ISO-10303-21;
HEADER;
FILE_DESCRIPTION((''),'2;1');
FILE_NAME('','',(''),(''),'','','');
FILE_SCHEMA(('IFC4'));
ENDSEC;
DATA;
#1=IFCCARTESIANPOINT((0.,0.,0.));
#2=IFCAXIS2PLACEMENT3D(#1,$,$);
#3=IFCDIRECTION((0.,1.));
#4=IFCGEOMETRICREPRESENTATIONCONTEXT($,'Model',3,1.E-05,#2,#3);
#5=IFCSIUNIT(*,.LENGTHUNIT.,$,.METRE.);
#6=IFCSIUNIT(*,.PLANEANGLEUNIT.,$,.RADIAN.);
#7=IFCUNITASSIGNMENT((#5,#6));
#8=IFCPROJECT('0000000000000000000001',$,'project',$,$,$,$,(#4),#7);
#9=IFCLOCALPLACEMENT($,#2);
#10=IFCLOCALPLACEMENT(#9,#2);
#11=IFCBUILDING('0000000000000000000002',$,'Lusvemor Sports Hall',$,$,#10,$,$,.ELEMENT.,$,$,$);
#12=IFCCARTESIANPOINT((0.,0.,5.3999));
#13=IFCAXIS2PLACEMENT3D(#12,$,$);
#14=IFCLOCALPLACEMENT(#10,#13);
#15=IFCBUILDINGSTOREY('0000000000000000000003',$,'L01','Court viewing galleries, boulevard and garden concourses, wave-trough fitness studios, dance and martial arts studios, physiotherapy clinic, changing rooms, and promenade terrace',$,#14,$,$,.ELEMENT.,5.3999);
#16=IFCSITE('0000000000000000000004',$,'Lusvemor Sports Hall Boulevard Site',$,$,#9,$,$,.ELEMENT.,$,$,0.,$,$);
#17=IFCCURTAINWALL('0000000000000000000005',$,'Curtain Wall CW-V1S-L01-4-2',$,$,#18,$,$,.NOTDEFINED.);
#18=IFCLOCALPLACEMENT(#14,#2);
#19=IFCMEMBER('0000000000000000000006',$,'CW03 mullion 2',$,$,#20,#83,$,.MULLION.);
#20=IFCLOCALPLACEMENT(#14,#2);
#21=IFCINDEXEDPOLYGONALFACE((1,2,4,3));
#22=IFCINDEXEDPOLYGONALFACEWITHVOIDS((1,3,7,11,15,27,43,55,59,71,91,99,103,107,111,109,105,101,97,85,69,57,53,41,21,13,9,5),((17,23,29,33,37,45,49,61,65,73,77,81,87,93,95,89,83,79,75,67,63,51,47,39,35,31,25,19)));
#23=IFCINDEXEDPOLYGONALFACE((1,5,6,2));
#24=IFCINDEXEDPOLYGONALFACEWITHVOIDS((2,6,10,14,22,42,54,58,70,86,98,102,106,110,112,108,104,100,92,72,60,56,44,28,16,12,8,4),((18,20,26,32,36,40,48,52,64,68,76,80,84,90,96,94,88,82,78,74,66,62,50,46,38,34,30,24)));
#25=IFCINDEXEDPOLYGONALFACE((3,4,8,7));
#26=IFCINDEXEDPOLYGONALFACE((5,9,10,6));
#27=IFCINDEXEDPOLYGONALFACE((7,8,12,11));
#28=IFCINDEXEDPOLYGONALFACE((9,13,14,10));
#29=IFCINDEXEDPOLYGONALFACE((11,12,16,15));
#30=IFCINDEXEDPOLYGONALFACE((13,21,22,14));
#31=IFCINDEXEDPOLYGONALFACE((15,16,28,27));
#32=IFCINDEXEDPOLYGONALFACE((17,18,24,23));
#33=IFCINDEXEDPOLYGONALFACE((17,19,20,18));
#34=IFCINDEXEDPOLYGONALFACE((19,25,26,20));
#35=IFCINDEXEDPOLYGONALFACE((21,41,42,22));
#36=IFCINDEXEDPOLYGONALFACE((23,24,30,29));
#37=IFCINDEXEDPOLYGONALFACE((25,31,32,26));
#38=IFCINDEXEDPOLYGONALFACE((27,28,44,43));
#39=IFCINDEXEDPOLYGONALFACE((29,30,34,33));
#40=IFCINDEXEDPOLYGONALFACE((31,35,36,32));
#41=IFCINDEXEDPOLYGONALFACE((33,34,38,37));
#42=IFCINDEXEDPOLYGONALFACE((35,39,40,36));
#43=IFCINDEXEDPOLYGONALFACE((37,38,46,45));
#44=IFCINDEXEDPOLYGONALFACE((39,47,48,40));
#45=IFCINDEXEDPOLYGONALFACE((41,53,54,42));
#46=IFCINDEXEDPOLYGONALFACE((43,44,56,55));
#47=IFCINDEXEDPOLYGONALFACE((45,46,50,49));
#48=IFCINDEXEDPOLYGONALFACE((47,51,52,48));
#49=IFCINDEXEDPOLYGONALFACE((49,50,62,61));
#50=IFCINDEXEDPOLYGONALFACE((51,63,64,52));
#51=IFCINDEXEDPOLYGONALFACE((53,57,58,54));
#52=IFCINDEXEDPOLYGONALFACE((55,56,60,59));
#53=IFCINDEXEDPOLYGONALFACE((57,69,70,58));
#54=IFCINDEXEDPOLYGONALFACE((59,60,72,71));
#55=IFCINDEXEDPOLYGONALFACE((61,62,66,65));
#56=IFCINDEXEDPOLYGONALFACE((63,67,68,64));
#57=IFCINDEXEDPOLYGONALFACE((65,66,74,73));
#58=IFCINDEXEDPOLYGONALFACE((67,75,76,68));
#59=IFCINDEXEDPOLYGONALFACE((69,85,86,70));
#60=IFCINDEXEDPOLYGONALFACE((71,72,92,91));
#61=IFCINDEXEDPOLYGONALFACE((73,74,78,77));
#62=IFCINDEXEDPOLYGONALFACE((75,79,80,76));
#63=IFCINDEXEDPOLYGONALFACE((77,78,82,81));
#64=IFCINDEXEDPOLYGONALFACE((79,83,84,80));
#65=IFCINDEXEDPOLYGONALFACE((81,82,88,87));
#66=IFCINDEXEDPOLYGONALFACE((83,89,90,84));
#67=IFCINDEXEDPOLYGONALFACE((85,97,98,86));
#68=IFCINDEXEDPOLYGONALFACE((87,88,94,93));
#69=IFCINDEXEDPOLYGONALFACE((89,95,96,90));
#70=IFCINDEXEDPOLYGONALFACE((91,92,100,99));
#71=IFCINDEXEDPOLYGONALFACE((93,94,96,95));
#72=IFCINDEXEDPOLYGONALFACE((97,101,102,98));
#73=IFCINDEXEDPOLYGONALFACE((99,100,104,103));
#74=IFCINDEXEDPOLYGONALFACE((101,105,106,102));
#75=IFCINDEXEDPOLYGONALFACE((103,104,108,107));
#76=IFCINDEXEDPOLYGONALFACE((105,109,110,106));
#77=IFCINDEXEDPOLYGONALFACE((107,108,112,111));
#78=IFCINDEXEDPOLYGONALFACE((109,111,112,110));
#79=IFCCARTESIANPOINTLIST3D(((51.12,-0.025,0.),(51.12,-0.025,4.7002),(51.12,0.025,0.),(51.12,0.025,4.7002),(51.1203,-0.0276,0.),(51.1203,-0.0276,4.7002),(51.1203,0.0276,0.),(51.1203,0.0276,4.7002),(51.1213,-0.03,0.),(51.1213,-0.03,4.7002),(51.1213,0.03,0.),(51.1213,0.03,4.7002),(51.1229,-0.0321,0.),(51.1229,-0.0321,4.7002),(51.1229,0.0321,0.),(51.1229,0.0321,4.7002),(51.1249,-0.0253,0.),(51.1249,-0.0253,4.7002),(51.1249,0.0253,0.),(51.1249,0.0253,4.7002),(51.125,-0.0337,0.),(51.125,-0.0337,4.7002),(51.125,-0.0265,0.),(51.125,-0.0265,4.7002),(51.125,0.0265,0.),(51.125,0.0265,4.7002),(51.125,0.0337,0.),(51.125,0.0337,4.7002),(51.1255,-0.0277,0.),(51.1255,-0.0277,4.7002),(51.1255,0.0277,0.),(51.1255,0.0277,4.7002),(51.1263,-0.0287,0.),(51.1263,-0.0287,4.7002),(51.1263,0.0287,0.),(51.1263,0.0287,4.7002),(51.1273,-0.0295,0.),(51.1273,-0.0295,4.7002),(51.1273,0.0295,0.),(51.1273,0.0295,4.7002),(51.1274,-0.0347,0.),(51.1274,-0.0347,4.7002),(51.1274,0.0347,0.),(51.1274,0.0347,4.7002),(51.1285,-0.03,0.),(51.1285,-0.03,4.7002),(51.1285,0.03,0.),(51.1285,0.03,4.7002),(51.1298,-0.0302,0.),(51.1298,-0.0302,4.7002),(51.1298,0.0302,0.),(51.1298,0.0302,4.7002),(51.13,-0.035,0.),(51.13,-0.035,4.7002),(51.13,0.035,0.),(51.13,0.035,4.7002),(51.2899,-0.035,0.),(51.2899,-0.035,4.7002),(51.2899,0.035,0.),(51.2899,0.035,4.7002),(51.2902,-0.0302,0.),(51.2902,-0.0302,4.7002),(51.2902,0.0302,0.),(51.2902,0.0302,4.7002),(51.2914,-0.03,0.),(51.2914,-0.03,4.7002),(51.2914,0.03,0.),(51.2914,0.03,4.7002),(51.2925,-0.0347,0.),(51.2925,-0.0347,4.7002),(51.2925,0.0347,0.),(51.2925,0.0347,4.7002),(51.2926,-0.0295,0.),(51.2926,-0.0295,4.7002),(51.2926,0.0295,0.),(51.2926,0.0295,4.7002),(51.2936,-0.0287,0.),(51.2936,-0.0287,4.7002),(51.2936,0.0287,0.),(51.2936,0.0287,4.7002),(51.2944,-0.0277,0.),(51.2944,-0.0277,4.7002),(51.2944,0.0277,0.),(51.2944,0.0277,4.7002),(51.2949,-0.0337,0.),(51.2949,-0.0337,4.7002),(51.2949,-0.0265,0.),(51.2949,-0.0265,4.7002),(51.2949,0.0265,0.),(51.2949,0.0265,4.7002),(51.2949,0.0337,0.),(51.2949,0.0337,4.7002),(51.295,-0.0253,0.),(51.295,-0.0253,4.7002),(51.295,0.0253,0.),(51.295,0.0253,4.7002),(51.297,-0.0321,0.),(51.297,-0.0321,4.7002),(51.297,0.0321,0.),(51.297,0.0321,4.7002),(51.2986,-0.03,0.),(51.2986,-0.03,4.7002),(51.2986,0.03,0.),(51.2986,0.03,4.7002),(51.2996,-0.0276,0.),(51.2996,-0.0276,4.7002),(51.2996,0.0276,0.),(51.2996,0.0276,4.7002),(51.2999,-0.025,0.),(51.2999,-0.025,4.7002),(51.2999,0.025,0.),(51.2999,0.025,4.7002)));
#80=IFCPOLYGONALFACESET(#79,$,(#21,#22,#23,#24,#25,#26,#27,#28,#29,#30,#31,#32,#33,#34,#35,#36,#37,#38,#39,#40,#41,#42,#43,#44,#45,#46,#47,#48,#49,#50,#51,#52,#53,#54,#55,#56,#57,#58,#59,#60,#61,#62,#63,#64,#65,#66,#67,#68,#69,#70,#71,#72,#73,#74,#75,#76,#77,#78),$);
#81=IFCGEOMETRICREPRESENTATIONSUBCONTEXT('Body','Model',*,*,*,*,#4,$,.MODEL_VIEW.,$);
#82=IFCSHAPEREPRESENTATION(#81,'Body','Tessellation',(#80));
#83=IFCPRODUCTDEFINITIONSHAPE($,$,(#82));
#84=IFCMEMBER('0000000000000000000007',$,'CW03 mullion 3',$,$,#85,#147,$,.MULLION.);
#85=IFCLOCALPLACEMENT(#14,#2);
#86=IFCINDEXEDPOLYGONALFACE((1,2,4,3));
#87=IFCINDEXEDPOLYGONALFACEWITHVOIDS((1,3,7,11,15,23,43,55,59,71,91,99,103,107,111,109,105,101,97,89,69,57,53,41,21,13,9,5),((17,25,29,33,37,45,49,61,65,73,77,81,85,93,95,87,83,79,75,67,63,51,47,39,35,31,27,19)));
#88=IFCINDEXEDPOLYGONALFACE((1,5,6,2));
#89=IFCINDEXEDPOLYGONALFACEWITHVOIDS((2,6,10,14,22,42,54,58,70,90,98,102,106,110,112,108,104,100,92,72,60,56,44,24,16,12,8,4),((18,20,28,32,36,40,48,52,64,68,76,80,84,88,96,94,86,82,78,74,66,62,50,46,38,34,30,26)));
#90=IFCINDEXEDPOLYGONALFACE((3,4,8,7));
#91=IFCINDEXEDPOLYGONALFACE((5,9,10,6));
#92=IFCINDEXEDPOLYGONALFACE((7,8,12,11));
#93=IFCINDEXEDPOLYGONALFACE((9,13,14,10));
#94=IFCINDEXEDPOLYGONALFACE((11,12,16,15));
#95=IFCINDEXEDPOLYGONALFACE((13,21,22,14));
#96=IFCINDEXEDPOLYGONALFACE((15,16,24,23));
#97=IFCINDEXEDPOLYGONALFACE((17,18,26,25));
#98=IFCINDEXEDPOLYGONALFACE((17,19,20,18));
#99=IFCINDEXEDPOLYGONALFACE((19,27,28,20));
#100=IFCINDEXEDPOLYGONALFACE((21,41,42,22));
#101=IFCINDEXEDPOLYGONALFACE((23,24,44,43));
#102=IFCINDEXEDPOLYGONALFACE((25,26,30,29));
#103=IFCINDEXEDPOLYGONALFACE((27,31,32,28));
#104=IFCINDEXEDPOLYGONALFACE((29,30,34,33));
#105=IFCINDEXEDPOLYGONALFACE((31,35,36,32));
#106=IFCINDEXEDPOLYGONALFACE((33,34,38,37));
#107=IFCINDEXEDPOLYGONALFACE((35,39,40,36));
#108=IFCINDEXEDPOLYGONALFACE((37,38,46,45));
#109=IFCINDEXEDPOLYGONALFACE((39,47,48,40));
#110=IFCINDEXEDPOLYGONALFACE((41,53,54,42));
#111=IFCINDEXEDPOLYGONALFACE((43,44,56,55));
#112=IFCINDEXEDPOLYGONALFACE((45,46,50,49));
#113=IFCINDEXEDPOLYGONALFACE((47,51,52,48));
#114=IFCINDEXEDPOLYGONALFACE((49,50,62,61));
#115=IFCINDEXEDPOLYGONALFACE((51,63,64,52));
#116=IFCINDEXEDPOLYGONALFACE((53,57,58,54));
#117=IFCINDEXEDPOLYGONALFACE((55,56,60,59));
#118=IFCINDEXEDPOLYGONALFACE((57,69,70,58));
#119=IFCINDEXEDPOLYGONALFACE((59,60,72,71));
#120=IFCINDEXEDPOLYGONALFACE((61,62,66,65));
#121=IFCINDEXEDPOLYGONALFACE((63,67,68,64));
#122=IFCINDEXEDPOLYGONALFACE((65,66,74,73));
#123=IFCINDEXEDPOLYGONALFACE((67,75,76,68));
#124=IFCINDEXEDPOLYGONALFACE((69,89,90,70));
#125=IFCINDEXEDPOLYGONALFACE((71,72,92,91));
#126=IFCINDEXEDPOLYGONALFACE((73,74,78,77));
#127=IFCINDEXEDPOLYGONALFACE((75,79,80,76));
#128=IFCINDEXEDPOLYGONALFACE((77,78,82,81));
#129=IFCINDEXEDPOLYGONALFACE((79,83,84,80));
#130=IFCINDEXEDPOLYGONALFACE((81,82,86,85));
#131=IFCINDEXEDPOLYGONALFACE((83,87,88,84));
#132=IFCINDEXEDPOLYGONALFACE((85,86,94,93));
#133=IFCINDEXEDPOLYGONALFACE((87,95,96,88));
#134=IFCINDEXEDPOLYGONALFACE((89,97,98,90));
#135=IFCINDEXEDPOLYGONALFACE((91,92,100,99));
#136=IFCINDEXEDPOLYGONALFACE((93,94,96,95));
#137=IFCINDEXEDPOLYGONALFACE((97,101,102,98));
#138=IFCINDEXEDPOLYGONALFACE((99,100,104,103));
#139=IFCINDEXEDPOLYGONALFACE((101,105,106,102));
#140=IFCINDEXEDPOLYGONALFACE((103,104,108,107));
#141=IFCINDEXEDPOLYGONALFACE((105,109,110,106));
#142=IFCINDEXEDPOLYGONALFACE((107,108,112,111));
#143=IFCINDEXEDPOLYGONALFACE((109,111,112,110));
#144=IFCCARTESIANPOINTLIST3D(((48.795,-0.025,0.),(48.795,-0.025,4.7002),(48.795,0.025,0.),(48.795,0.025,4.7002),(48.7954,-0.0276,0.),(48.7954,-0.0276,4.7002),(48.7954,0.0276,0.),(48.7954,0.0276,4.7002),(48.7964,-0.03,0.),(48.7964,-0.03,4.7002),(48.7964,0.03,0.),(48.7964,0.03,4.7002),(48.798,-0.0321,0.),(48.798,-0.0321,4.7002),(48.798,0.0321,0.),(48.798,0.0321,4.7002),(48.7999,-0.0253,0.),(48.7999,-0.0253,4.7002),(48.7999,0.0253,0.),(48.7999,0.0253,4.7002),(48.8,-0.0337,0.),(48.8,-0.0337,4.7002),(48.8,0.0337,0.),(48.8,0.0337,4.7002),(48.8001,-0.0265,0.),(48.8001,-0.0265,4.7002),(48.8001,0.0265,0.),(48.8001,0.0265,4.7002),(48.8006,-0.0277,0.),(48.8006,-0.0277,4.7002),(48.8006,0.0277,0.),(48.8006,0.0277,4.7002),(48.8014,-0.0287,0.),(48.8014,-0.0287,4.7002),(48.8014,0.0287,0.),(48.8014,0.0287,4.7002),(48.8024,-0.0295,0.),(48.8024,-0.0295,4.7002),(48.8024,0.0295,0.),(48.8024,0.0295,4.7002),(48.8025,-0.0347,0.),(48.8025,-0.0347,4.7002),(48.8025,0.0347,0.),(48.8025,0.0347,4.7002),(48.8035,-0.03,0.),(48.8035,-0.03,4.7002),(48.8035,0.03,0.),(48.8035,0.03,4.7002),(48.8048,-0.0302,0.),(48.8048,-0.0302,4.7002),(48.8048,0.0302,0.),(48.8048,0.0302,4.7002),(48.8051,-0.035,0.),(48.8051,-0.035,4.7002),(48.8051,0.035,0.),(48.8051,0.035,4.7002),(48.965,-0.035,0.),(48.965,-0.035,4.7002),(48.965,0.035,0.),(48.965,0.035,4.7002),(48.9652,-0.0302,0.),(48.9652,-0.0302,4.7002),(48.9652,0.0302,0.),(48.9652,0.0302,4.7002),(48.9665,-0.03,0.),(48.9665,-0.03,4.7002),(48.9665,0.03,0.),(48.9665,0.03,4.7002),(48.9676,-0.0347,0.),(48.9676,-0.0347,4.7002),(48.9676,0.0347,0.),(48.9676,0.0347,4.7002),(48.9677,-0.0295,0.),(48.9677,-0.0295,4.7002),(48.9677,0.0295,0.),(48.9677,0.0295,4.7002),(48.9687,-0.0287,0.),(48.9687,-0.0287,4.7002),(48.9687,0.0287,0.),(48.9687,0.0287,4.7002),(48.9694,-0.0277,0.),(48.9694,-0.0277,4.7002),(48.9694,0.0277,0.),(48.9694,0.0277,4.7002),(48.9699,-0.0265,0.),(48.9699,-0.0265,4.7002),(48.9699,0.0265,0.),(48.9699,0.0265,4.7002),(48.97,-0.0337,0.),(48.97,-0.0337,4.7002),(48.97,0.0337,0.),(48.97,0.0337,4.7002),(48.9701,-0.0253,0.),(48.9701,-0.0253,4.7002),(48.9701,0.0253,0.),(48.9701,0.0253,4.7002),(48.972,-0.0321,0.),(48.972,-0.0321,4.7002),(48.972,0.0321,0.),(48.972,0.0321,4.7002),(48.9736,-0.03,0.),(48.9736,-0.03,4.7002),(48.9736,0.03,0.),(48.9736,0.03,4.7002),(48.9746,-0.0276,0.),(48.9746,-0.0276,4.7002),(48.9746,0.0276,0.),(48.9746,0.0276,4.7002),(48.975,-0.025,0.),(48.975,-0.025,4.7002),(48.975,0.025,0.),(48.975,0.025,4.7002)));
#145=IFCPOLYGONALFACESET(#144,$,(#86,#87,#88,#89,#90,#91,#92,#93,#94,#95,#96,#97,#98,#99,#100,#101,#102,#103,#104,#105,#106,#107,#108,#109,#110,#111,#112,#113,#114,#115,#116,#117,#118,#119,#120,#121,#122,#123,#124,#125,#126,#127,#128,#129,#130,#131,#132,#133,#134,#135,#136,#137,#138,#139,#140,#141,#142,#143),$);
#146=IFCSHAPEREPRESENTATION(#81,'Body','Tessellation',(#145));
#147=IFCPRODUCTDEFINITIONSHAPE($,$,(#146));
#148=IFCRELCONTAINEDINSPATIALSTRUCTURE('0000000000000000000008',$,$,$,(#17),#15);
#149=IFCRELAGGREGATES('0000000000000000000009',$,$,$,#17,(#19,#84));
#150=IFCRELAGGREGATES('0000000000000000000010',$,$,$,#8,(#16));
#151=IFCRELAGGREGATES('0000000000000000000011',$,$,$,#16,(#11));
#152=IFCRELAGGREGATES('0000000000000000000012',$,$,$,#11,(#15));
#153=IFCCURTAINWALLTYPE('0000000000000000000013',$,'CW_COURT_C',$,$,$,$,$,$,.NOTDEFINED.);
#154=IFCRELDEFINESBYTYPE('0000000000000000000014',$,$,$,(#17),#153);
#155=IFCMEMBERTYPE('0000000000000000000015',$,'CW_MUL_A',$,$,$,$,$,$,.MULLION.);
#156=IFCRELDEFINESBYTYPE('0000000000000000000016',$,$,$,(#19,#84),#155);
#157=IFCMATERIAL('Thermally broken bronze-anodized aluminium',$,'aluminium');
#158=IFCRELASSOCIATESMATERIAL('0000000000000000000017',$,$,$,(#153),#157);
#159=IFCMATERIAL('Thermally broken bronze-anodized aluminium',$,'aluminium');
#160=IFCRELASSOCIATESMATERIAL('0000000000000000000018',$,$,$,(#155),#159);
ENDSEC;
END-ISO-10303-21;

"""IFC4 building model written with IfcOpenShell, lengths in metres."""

from ifc_helpers import new_model, si_unit, direction, frame, origin, origin_2d, place, context, subcontext, project, spatial, hollow_rectangle, extrude, material, material_profile, profile_set, type_object, element, aggregate, save


model = new_model("IFC4")

# Units and contexts
model_context = context("Model", 3, precision=1e-05, world=origin(), true_north=direction((0.0, 1.0)))
body_context = subcontext(model_context, "Body", "Model", "MODEL_VIEW")
ifc_project = project(units=[si_unit("LENGTHUNIT", "METRE"), si_unit("PLANEANGLEUNIT", "RADIAN")], contexts=[model_context])

# Site, building, storey
site_placement = place(None, origin())
site = spatial("IfcSite", under=ifc_project, at=site_placement, Name="Lusvemor Sports Hall Boulevard Site", CompositionType="ELEMENT", RefElevation=0.0)
building_placement = place(site_placement, origin())
building = spatial("IfcBuilding", under=site, at=building_placement, Name="Lusvemor Sports Hall", CompositionType="ELEMENT")
storey_placement = place(building_placement, frame((0.0, 0.0, 5.3999)))
storey = spatial("IfcBuildingStorey", under=building, at=storey_placement, Name="L01", Description="Court viewing galleries, boulevard and garden concourses, wave-trough fitness studios, dance and martial arts studios, physiotherapy clinic, changing rooms, and promenade terrace", CompositionType="ELEMENT", Elevation=5.3999)

# Curtain wall, members
ifc_material_1 = material(Name="Thermally broken bronze-anodized aluminium", Category="aluminium")
curtain_wall_type = type_object("IfcCurtainWallType", Name="CW_COURT_C", PredefinedType="NOTDEFINED", material=ifc_material_1)
curtain_wall_placement = place(storey_placement, origin())
curtain_wall = element("IfcCurtainWall", 1, at=curtain_wall_placement, inside=storey, type_object=curtain_wall_type, Name="Curtain Wall CW-V1S-L01-4-2", PredefinedType="NOTDEFINED")
ifc_material_2 = material(Name="Thermally broken bronze-anodized aluminium", Category="aluminium")
ifc_material_profile_1 = material_profile(ifc_material_2, hollow_rectangle(XDim=0.0701, YDim=0.1799, WallThickness=0.0049, InnerFilletRadius=0.0049, OuterFilletRadius=0.01, at=origin_2d()), Name="CWMUL180x70x5")
ifc_profile_set_1 = profile_set([ifc_material_profile_1], Name="Thermally broken bronze-anodized aluminium")
member_type_1 = type_object("IfcMemberType", Name="CW_MUL_A", PredefinedType="MULLION", material=ifc_profile_set_1)
member_1_placement = place(storey_placement, frame((51.21, 0.0, 0.0), z_axis=(0.0, 0.0, 1.0), x_axis=(0.0, -1.0, 0.0)))
member_1 = element("IfcMember", 2, at=member_1_placement, type_object=member_type_1, Name="CW03 mullion 2", PredefinedType="MULLION", context=body_context, shape_type="SweptSolid", body=[
    extrude(hollow_rectangle(XDim=0.0701, YDim=0.1799, WallThickness=0.0049, InnerFilletRadius=0.0049, OuterFilletRadius=0.01, at=origin_2d()), origin(), (0.0, 0.0, 1.0), 4.7002),
])
member_2_placement = place(storey_placement, frame((48.885, 0.0, 0.0), z_axis=(0.0, 0.0, 1.0), x_axis=(0.0, -1.0, 0.0)))
member_2 = element("IfcMember", 3, at=member_2_placement, type_object=member_type_1, Name="CW03 mullion 3", PredefinedType="MULLION", context=body_context, shape_type="SweptSolid", body=[
    extrude(hollow_rectangle(XDim=0.0701, YDim=0.1799, WallThickness=0.0049, InnerFilletRadius=0.0049, OuterFilletRadius=0.01, at=origin_2d()), origin(), (0.0, 0.0, 1.0), 4.7002),
])

aggregate(curtain_wall, [member_1, member_2])

save(model, "model.ifc")
